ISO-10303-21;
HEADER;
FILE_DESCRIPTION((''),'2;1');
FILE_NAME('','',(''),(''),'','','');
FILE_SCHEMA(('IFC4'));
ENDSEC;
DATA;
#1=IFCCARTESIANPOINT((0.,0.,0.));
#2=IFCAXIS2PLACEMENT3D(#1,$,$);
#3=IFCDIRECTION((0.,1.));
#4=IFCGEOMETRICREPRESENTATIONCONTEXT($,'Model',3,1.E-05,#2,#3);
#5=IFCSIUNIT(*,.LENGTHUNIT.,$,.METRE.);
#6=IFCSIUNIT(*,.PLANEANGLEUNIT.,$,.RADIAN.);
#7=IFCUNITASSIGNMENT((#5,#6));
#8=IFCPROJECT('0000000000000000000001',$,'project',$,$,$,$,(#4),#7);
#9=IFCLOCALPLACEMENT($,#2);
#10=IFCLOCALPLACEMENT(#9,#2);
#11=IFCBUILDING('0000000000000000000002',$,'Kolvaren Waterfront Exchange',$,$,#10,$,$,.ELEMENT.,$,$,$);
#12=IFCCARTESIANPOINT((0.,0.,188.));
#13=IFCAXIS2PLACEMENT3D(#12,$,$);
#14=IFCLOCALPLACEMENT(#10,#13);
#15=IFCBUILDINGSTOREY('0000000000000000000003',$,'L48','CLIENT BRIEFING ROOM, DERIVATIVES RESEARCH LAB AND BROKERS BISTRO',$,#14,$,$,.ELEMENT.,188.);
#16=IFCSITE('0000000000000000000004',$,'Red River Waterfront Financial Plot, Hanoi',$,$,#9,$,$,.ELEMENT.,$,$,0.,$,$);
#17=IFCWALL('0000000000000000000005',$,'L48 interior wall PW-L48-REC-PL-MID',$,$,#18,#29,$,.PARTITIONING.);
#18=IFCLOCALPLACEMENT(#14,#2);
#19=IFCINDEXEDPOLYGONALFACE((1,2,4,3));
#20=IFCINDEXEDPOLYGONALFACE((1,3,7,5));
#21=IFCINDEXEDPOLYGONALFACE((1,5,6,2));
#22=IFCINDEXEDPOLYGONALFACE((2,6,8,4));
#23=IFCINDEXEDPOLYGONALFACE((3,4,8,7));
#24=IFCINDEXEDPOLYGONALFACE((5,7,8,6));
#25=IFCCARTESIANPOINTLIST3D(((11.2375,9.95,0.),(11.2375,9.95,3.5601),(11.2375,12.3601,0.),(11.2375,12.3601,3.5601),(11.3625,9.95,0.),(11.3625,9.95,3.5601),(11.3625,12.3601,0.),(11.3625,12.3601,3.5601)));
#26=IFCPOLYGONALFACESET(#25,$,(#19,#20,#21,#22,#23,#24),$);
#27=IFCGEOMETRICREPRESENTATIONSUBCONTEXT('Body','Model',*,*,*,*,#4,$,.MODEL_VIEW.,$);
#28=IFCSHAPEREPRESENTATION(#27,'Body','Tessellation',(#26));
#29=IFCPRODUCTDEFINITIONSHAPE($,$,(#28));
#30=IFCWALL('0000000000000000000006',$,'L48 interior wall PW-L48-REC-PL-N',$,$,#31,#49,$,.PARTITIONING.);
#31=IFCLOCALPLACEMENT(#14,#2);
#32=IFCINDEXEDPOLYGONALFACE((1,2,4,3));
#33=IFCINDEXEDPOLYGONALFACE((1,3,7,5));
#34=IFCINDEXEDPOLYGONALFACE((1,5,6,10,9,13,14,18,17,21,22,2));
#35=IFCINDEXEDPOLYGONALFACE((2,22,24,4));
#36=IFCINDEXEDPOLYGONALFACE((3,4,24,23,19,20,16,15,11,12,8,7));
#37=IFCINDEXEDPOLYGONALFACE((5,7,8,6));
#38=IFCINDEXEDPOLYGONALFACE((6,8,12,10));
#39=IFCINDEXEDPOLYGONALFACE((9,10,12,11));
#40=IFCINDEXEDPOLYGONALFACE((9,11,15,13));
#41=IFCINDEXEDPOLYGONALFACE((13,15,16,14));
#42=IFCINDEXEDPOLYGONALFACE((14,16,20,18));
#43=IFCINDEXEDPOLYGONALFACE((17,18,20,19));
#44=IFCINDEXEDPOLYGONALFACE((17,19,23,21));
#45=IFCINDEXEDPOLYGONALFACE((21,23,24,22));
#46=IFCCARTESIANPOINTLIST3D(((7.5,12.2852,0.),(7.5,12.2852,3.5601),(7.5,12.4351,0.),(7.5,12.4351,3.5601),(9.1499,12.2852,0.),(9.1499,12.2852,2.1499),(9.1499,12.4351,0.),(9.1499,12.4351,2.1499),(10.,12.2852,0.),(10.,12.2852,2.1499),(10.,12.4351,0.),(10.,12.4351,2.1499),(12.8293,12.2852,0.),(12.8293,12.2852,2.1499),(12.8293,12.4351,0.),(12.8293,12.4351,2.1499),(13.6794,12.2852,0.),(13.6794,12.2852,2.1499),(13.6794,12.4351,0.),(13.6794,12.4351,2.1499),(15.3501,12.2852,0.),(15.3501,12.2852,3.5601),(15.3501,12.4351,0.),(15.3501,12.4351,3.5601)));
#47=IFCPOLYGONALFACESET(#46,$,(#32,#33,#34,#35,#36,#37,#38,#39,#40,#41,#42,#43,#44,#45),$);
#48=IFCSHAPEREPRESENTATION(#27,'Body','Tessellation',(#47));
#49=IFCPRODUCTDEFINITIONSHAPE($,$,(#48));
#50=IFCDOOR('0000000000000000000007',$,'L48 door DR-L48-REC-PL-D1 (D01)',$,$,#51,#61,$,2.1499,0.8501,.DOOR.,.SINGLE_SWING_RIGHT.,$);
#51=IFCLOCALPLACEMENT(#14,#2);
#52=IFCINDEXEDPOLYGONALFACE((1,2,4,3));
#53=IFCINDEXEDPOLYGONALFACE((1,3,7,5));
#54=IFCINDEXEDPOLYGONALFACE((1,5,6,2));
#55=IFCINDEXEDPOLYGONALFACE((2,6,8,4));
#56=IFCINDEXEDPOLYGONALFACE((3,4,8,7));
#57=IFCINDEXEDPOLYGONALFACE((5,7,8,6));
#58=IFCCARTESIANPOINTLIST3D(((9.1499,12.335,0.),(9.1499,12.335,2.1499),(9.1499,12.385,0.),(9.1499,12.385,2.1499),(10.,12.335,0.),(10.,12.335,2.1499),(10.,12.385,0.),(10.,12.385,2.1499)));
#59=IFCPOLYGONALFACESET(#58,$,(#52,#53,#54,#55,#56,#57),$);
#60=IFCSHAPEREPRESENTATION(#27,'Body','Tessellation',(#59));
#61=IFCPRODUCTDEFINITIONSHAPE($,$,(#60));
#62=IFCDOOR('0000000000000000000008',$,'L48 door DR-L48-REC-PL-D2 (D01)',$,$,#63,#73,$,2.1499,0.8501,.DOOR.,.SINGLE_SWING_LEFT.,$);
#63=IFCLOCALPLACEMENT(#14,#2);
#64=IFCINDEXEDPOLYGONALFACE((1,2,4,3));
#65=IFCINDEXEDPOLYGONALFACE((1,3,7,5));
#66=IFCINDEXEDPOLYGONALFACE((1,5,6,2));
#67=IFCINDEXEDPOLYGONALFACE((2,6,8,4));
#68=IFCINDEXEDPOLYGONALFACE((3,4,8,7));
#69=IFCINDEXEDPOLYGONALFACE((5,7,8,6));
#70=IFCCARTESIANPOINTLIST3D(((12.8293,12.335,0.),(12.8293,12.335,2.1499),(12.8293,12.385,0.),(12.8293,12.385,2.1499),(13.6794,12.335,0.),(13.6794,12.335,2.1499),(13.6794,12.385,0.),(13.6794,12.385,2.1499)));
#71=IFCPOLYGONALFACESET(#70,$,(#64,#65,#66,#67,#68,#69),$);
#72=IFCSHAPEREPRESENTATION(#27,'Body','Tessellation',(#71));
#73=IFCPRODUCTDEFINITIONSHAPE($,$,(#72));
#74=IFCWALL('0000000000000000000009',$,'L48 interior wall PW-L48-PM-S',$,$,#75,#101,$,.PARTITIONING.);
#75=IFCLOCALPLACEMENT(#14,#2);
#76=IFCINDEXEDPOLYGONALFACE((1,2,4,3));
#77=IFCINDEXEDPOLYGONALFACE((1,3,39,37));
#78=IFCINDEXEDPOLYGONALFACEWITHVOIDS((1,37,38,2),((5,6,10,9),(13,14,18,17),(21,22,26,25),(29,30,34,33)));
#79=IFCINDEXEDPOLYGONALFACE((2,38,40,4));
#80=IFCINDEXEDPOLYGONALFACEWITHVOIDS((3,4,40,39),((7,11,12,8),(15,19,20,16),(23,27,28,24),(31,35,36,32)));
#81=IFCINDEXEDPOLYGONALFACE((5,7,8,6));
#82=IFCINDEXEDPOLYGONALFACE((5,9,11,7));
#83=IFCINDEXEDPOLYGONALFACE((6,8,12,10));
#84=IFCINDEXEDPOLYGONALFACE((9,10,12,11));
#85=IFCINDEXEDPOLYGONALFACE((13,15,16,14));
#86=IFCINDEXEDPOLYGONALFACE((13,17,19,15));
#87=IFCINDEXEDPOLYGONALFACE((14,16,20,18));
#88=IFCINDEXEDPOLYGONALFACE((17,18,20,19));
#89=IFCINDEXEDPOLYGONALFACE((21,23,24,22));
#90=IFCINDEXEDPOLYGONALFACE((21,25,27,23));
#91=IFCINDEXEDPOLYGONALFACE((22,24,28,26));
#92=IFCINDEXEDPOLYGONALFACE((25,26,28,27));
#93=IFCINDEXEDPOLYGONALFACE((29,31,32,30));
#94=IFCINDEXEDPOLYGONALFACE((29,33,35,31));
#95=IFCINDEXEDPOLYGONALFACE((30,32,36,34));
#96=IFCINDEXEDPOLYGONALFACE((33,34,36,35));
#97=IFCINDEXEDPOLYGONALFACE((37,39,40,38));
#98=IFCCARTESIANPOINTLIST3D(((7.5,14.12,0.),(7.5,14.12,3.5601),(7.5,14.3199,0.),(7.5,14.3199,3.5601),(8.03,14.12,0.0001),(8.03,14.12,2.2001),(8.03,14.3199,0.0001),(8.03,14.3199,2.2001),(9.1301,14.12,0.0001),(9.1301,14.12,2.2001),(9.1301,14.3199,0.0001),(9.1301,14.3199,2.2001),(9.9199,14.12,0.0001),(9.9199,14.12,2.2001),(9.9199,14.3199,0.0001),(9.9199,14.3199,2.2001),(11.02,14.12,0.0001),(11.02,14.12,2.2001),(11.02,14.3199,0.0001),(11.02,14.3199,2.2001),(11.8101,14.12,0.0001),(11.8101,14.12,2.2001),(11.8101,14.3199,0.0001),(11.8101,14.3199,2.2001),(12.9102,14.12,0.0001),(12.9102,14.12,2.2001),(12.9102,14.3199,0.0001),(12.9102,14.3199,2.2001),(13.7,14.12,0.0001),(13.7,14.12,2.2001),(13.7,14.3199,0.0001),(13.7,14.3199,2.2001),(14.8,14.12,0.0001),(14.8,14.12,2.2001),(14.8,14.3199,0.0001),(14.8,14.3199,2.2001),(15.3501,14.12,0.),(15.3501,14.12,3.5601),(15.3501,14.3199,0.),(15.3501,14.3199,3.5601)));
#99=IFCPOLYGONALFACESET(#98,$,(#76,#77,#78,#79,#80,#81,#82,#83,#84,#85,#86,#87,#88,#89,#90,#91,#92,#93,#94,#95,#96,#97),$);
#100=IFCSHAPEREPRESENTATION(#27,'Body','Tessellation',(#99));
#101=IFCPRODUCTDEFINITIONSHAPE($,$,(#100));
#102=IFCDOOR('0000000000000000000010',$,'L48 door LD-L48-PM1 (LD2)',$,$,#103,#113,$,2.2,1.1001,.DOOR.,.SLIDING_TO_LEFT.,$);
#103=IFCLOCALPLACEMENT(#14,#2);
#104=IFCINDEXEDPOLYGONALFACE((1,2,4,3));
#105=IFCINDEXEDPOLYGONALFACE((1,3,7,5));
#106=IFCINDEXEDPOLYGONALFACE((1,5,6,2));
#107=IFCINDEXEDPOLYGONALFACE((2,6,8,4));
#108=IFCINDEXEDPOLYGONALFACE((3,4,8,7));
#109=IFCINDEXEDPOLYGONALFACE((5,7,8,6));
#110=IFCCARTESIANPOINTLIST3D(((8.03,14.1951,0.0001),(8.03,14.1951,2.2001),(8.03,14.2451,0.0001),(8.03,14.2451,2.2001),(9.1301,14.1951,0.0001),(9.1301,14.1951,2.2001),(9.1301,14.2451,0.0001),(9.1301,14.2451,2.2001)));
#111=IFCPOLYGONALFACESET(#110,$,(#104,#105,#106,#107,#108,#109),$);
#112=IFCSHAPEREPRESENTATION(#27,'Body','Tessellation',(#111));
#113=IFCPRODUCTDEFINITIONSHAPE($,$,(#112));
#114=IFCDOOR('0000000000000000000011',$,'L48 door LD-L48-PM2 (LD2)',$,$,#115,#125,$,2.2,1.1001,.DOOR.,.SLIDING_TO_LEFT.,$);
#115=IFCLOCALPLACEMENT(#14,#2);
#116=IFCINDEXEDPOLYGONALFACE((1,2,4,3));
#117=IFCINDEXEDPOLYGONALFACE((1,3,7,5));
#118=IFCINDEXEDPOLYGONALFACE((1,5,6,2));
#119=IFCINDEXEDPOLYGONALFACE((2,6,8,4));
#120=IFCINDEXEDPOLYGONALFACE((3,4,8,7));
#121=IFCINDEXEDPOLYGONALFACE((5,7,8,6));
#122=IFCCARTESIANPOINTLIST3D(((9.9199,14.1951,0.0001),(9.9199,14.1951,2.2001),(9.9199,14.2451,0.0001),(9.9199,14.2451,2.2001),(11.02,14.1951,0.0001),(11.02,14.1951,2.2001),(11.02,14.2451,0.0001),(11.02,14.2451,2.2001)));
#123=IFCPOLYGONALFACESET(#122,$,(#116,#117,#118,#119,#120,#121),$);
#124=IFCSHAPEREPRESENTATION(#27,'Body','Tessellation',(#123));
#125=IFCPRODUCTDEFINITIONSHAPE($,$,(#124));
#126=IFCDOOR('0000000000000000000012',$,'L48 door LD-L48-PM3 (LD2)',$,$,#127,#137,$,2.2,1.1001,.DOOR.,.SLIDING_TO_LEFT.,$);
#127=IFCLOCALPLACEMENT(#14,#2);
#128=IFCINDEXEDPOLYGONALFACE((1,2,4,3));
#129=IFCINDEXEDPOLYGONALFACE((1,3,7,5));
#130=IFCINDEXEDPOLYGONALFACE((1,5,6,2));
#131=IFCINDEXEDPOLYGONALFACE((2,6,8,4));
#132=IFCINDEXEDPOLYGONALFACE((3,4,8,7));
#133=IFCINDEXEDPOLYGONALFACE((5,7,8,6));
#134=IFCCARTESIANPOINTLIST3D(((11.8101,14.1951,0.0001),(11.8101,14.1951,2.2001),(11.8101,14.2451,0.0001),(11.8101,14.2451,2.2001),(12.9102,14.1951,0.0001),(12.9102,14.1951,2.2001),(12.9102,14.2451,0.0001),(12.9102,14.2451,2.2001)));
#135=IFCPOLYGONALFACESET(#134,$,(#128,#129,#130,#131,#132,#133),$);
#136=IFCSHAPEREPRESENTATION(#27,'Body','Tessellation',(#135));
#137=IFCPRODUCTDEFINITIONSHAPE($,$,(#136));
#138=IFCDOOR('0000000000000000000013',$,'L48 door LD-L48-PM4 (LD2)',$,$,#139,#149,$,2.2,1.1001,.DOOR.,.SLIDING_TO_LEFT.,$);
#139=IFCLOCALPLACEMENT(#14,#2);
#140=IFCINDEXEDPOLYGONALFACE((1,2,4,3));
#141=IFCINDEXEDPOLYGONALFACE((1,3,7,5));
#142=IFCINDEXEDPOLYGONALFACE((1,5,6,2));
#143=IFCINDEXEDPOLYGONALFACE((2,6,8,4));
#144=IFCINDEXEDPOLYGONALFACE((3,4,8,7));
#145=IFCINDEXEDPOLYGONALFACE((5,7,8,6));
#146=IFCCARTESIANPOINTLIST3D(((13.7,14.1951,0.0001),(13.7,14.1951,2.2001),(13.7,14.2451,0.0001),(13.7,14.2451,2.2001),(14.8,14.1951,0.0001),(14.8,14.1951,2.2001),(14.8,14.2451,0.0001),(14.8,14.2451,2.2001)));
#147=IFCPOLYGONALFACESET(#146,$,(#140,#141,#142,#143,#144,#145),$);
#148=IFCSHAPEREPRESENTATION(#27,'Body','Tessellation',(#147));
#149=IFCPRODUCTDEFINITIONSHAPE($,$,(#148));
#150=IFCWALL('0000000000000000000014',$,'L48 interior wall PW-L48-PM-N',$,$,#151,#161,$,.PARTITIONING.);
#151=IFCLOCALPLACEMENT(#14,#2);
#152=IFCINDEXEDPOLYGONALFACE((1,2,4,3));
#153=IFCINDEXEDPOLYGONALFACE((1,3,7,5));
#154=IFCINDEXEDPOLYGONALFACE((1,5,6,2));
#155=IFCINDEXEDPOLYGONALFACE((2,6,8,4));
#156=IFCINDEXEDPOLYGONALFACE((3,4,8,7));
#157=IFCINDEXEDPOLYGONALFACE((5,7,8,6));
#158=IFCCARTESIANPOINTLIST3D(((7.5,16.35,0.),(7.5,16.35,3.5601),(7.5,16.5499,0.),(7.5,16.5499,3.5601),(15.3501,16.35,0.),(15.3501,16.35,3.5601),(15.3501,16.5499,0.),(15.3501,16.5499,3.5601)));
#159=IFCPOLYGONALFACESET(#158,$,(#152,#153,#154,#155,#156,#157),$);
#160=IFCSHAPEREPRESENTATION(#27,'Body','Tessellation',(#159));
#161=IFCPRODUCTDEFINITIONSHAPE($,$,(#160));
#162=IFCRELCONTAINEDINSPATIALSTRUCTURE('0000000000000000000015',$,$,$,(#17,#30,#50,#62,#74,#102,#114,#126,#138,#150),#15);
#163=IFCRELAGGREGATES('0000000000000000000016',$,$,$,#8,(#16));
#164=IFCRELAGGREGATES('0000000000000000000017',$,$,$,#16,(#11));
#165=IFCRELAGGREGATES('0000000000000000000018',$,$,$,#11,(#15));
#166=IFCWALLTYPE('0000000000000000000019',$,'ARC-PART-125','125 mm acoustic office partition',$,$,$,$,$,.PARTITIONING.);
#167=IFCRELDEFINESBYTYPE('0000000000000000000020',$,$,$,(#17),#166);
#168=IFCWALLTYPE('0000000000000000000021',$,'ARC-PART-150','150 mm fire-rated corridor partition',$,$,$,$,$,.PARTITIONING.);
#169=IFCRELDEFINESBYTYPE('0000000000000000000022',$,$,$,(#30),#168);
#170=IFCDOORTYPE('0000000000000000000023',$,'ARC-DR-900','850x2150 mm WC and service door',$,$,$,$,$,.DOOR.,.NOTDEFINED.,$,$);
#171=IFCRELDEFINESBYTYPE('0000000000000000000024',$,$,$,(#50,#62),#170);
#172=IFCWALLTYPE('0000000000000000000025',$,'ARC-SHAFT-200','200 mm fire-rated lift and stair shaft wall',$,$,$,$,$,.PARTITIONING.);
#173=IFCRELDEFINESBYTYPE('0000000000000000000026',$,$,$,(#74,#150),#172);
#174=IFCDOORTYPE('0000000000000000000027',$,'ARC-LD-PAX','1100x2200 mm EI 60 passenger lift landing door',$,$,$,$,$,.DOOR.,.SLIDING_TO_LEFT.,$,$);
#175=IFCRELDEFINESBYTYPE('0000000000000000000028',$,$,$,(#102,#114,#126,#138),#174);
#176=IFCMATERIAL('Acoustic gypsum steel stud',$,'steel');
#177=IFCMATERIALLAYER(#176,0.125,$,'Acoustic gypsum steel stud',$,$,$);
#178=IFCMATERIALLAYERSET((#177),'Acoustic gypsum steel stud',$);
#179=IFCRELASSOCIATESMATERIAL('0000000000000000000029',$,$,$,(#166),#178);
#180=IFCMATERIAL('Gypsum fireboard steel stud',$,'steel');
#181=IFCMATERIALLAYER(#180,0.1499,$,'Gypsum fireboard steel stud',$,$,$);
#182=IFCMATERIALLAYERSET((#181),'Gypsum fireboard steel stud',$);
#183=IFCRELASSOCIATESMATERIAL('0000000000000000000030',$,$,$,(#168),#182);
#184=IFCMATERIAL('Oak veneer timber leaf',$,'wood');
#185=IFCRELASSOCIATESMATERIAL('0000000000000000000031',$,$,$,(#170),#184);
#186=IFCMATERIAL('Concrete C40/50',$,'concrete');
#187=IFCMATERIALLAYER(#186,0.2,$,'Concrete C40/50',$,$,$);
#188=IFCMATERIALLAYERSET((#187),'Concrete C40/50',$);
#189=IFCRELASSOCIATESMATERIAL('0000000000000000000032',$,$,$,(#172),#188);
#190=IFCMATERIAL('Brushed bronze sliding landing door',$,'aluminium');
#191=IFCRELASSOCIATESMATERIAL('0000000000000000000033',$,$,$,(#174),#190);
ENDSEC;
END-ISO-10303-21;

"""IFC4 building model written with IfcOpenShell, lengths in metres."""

from ifc_helpers import new_model, si_unit, direction, frame, frame_2d, origin, place, context, subcontext, project, spatial, rectangle, extrude, material, layer, layer_set, type_object, element, fill, save


model = new_model("IFC4")

# Units and contexts
model_context = context("Model", 3, precision=1e-05, world=origin(), true_north=direction((0.0, 1.0)))
body_context = subcontext(model_context, "Body", "Model", "MODEL_VIEW")
ifc_project = project(units=[si_unit("LENGTHUNIT", "METRE"), si_unit("PLANEANGLEUNIT", "RADIAN")], contexts=[model_context])

# Site, building, storey
site_placement = place(None, origin())
site = spatial("IfcSite", under=ifc_project, at=site_placement, Name="Red River Waterfront Financial Plot, Hanoi", CompositionType="ELEMENT", RefElevation=0.0)
building_placement = place(site_placement, origin())
building = spatial("IfcBuilding", under=site, at=building_placement, Name="Kolvaren Waterfront Exchange", CompositionType="ELEMENT")
storey_placement = place(building_placement, frame((0.0, 0.0, 188.0)))
storey = spatial("IfcBuildingStorey", under=building, at=storey_placement, Name="L48", Description="CLIENT BRIEFING ROOM, DERIVATIVES RESEARCH LAB AND BROKERS BISTRO", CompositionType="ELEMENT", Elevation=188.0)

# Wall
ifc_material_1 = material(Name="Acoustic gypsum steel stud", Category="steel")
ifc_layer_1 = layer(ifc_material_1, 0.125, Name="Acoustic gypsum steel stud")
ifc_layer_set_1 = layer_set([ifc_layer_1], Name="Acoustic gypsum steel stud")
wall_type_1 = type_object("IfcWallType", Name="ARC-PART-125", Description="125 mm acoustic office partition", PredefinedType="PARTITIONING", material=ifc_layer_set_1)
wall_1_placement = place(storey_placement, frame((11.3, 9.95, 0.0), z_axis=(0.0, 0.0, 1.0), x_axis=(0.0, 1.0, 0.0)))
element("IfcWall", 1, at=wall_1_placement, inside=storey, type_object=wall_type_1, Name="L48 interior wall PW-L48-REC-PL-MID", PredefinedType="PARTITIONING", context=body_context, shape_type="SweptSolid", body=[
    extrude(rectangle(XDim=2.4102, YDim=0.125, at=frame_2d((1.2051, 0.0))), origin(), (0.0, 0.0, 1.0), 3.5601),
])

# Walls, openings, doors
ifc_material_2 = material(Name="Gypsum fireboard steel stud", Category="steel")
ifc_layer_2 = layer(ifc_material_2, 0.1499, Name="Gypsum fireboard steel stud")
ifc_layer_set_2 = layer_set([ifc_layer_2], Name="Gypsum fireboard steel stud")
wall_type_2 = type_object("IfcWallType", Name="ARC-PART-150", Description="150 mm fire-rated corridor partition", PredefinedType="PARTITIONING", material=ifc_layer_set_2)
wall_2_placement = place(storey_placement, frame((7.5, 12.3601, 0.0), z_axis=(0.0, 0.0, 1.0), x_axis=(1.0, 0.0, 0.0)))
wall_2 = element("IfcWall", 2, at=wall_2_placement, inside=storey, type_object=wall_type_2, Name="L48 interior wall PW-L48-REC-PL-N", PredefinedType="PARTITIONING", context=body_context, shape_type="SweptSolid", body=[
    extrude(rectangle(XDim=7.8501, YDim=0.1499, at=frame_2d((3.925, 0.0))), origin(), (0.0, 0.0, 1.0), 3.5601),
])
opening_1_placement = place(wall_2_placement, frame((1.6499, 0.0, 0.0)))
opening_1 = element("IfcOpeningElement", 3, at=opening_1_placement, cuts=wall_2, PredefinedType="OPENING", context=body_context, shape_type="SweptSolid", body=[
    extrude(rectangle(XDim=0.8501, YDim=2.1499, at=frame_2d((0.425, 1.075))), frame((0.0, 0.085, 0.0), z_axis=(0.0, -1.0, 0.0), x_axis=(1.0, 0.0, 0.0)), (0.0, 0.0, 1.0), 0.1699),
])
opening_2_placement = place(wall_2_placement, frame((5.3293, 0.0, 0.0)))
opening_2 = element("IfcOpeningElement", 4, at=opening_2_placement, cuts=wall_2, PredefinedType="OPENING", context=body_context, shape_type="SweptSolid", body=[
    extrude(rectangle(XDim=0.8501, YDim=2.1499, at=frame_2d((0.425, 1.075))), frame((0.0, 0.085, 0.0), z_axis=(0.0, -1.0, 0.0), x_axis=(1.0, 0.0, 0.0)), (0.0, 0.0, 1.0), 0.1699),
])
ifc_material_3 = material(Name="Oak veneer timber leaf", Category="wood")
door_type_1 = type_object("IfcDoorType", Name="ARC-DR-900", Description="850x2150 mm WC and service door", OperationType="NOTDEFINED", PredefinedType="DOOR", material=ifc_material_3)
door_1_placement = place(opening_1_placement, origin())
door_1 = element("IfcDoor", 5, at=door_1_placement, inside=storey, type_object=door_type_1, Name="L48 door DR-L48-REC-PL-D1 (D01)", OperationType="SINGLE_SWING_RIGHT", OverallHeight=2.1499, OverallWidth=0.8501, PredefinedType="DOOR", context=body_context, shape_type="SweptSolid", body=[
    extrude(rectangle(XDim=0.8501, YDim=2.1499, at=frame_2d((0.425, 1.075))), frame((0.0, 0.0249, 0.0), z_axis=(0.0, -1.0, 0.0), x_axis=(1.0, 0.0, 0.0)), (0.0, 0.0, 1.0), 0.05),
])
fill(opening_1, door_1)
door_2_placement = place(opening_2_placement, origin())
door_2 = element("IfcDoor", 6, at=door_2_placement, inside=storey, type_object=door_type_1, Name="L48 door DR-L48-REC-PL-D2 (D01)", OperationType="SINGLE_SWING_LEFT", OverallHeight=2.1499, OverallWidth=0.8501, PredefinedType="DOOR", context=body_context, shape_type="SweptSolid", body=[
    extrude(rectangle(XDim=0.8501, YDim=2.1499, at=frame_2d((0.425, 1.075))), frame((0.0, 0.0249, 0.0), z_axis=(0.0, -1.0, 0.0), x_axis=(1.0, 0.0, 0.0)), (0.0, 0.0, 1.0), 0.05),
])
fill(opening_2, door_2)
ifc_material_4 = material(Name="Concrete C40/50", Category="concrete")
ifc_layer_3 = layer(ifc_material_4, 0.2, Name="Concrete C40/50")
ifc_layer_set_3 = layer_set([ifc_layer_3], Name="Concrete C40/50")
wall_type_3 = type_object("IfcWallType", Name="ARC-SHAFT-200", Description="200 mm fire-rated lift and stair shaft wall", PredefinedType="PARTITIONING", material=ifc_layer_set_3)
wall_3_placement = place(storey_placement, frame((7.5, 14.22, 0.0), z_axis=(0.0, 0.0, 1.0), x_axis=(1.0, 0.0, 0.0)))
wall_3 = element("IfcWall", 7, at=wall_3_placement, inside=storey, type_object=wall_type_3, Name="L48 interior wall PW-L48-PM-S", PredefinedType="PARTITIONING", context=body_context, shape_type="SweptSolid", body=[
    extrude(rectangle(XDim=7.8501, YDim=0.2, at=frame_2d((3.925, 0.0))), origin(), (0.0, 0.0, 1.0), 3.5601),
])
opening_3_placement = place(wall_3_placement, frame((0.53, 0.0, 0.0)))
opening_3 = element("IfcOpeningElement", 8, at=opening_3_placement, cuts=wall_3, PredefinedType="OPENING", context=body_context, shape_type="SweptSolid", body=[
    extrude(rectangle(XDim=1.1001, YDim=2.2, at=frame_2d((0.55, 1.1001))), frame((0.0, 0.1099, 0.0), z_axis=(0.0, -1.0, 0.0), x_axis=(1.0, 0.0, 0.0)), (0.0, 0.0, 1.0), 0.22),
])
opening_4_placement = place(wall_3_placement, frame((2.4199, 0.0, 0.0)))
opening_4 = element("IfcOpeningElement", 9, at=opening_4_placement, cuts=wall_3, PredefinedType="OPENING", context=body_context, shape_type="SweptSolid", body=[
    extrude(rectangle(XDim=1.1001, YDim=2.2, at=frame_2d((0.55, 1.1001))), frame((0.0, 0.1099, 0.0), z_axis=(0.0, -1.0, 0.0), x_axis=(1.0, 0.0, 0.0)), (0.0, 0.0, 1.0), 0.22),
])
opening_5_placement = place(wall_3_placement, frame((4.3101, 0.0, 0.0)))
opening_5 = element("IfcOpeningElement", 10, at=opening_5_placement, cuts=wall_3, PredefinedType="OPENING", context=body_context, shape_type="SweptSolid", body=[
    extrude(rectangle(XDim=1.1001, YDim=2.2, at=frame_2d((0.55, 1.1001))), frame((0.0, 0.1099, 0.0), z_axis=(0.0, -1.0, 0.0), x_axis=(1.0, 0.0, 0.0)), (0.0, 0.0, 1.0), 0.22),
])
opening_6_placement = place(wall_3_placement, frame((6.2, 0.0, 0.0)))
opening_6 = element("IfcOpeningElement", 11, at=opening_6_placement, cuts=wall_3, PredefinedType="OPENING", context=body_context, shape_type="SweptSolid", body=[
    extrude(rectangle(XDim=1.1001, YDim=2.2, at=frame_2d((0.55, 1.1001))), frame((0.0, 0.1099, 0.0), z_axis=(0.0, -1.0, 0.0), x_axis=(1.0, 0.0, 0.0)), (0.0, 0.0, 1.0), 0.22),
])
ifc_material_5 = material(Name="Brushed bronze sliding landing door", Category="aluminium")
door_type_2 = type_object("IfcDoorType", Name="ARC-LD-PAX", Description="1100x2200 mm EI 60 passenger lift landing door", OperationType="SLIDING_TO_LEFT", PredefinedType="DOOR", material=ifc_material_5)
door_3_placement = place(opening_3_placement, frame((1.1001, 0.0, 0.0), z_axis=(0.0, 0.0, 1.0), x_axis=(-1.0, 0.0, 0.0)))
door_3 = element("IfcDoor", 12, at=door_3_placement, inside=storey, type_object=door_type_2, Name="L48 door LD-L48-PM1 (LD2)", OperationType="SLIDING_TO_LEFT", OverallHeight=2.2, OverallWidth=1.1001, PredefinedType="DOOR", context=body_context, shape_type="SweptSolid", body=[
    extrude(rectangle(XDim=1.1001, YDim=2.2, at=frame_2d((0.55, 1.1001))), frame((0.0, 0.0249, 0.0), z_axis=(0.0, -1.0, 0.0), x_axis=(1.0, 0.0, 0.0)), (0.0, 0.0, 1.0), 0.05),
])
fill(opening_3, door_3)
door_4_placement = place(opening_4_placement, frame((1.1001, 0.0, 0.0), z_axis=(0.0, 0.0, 1.0), x_axis=(-1.0, 0.0, 0.0)))
door_4 = element("IfcDoor", 13, at=door_4_placement, inside=storey, type_object=door_type_2, Name="L48 door LD-L48-PM2 (LD2)", OperationType="SLIDING_TO_LEFT", OverallHeight=2.2, OverallWidth=1.1001, PredefinedType="DOOR", context=body_context, shape_type="SweptSolid", body=[
    extrude(rectangle(XDim=1.1001, YDim=2.2, at=frame_2d((0.55, 1.1001))), frame((0.0, 0.0249, 0.0), z_axis=(0.0, -1.0, 0.0), x_axis=(1.0, 0.0, 0.0)), (0.0, 0.0, 1.0), 0.05),
])
fill(opening_4, door_4)
door_5_placement = place(opening_5_placement, frame((1.1001, 0.0, 0.0), z_axis=(0.0, 0.0, 1.0), x_axis=(-1.0, 0.0, 0.0)))
door_5 = element("IfcDoor", 14, at=door_5_placement, inside=storey, type_object=door_type_2, Name="L48 door LD-L48-PM3 (LD2)", OperationType="SLIDING_TO_LEFT", OverallHeight=2.2, OverallWidth=1.1001, PredefinedType="DOOR", context=body_context, shape_type="SweptSolid", body=[
    extrude(rectangle(XDim=1.1001, YDim=2.2, at=frame_2d((0.55, 1.1001))), frame((0.0, 0.0249, 0.0), z_axis=(0.0, -1.0, 0.0), x_axis=(1.0, 0.0, 0.0)), (0.0, 0.0, 1.0), 0.05),
])
fill(opening_5, door_5)
door_6_placement = place(opening_6_placement, frame((1.1001, 0.0, 0.0), z_axis=(0.0, 0.0, 1.0), x_axis=(-1.0, 0.0, 0.0)))
door_6 = element("IfcDoor", 15, at=door_6_placement, inside=storey, type_object=door_type_2, Name="L48 door LD-L48-PM4 (LD2)", OperationType="SLIDING_TO_LEFT", OverallHeight=2.2, OverallWidth=1.1001, PredefinedType="DOOR", context=body_context, shape_type="SweptSolid", body=[
    extrude(rectangle(XDim=1.1001, YDim=2.2, at=frame_2d((0.55, 1.1001))), frame((0.0, 0.0249, 0.0), z_axis=(0.0, -1.0, 0.0), x_axis=(1.0, 0.0, 0.0)), (0.0, 0.0, 1.0), 0.05),
])
fill(opening_6, door_6)

# Wall
wall_4_placement = place(storey_placement, frame((7.5, 16.45, 0.0), z_axis=(0.0, 0.0, 1.0), x_axis=(1.0, 0.0, 0.0)))
element("IfcWall", 16, at=wall_4_placement, inside=storey, type_object=wall_type_3, Name="L48 interior wall PW-L48-PM-N", PredefinedType="PARTITIONING", context=body_context, shape_type="SweptSolid", body=[
    extrude(rectangle(XDim=7.8501, YDim=0.2, at=frame_2d((3.925, 0.0))), origin(), (0.0, 0.0, 1.0), 3.5601),
])

save(model, "model.ifc")
